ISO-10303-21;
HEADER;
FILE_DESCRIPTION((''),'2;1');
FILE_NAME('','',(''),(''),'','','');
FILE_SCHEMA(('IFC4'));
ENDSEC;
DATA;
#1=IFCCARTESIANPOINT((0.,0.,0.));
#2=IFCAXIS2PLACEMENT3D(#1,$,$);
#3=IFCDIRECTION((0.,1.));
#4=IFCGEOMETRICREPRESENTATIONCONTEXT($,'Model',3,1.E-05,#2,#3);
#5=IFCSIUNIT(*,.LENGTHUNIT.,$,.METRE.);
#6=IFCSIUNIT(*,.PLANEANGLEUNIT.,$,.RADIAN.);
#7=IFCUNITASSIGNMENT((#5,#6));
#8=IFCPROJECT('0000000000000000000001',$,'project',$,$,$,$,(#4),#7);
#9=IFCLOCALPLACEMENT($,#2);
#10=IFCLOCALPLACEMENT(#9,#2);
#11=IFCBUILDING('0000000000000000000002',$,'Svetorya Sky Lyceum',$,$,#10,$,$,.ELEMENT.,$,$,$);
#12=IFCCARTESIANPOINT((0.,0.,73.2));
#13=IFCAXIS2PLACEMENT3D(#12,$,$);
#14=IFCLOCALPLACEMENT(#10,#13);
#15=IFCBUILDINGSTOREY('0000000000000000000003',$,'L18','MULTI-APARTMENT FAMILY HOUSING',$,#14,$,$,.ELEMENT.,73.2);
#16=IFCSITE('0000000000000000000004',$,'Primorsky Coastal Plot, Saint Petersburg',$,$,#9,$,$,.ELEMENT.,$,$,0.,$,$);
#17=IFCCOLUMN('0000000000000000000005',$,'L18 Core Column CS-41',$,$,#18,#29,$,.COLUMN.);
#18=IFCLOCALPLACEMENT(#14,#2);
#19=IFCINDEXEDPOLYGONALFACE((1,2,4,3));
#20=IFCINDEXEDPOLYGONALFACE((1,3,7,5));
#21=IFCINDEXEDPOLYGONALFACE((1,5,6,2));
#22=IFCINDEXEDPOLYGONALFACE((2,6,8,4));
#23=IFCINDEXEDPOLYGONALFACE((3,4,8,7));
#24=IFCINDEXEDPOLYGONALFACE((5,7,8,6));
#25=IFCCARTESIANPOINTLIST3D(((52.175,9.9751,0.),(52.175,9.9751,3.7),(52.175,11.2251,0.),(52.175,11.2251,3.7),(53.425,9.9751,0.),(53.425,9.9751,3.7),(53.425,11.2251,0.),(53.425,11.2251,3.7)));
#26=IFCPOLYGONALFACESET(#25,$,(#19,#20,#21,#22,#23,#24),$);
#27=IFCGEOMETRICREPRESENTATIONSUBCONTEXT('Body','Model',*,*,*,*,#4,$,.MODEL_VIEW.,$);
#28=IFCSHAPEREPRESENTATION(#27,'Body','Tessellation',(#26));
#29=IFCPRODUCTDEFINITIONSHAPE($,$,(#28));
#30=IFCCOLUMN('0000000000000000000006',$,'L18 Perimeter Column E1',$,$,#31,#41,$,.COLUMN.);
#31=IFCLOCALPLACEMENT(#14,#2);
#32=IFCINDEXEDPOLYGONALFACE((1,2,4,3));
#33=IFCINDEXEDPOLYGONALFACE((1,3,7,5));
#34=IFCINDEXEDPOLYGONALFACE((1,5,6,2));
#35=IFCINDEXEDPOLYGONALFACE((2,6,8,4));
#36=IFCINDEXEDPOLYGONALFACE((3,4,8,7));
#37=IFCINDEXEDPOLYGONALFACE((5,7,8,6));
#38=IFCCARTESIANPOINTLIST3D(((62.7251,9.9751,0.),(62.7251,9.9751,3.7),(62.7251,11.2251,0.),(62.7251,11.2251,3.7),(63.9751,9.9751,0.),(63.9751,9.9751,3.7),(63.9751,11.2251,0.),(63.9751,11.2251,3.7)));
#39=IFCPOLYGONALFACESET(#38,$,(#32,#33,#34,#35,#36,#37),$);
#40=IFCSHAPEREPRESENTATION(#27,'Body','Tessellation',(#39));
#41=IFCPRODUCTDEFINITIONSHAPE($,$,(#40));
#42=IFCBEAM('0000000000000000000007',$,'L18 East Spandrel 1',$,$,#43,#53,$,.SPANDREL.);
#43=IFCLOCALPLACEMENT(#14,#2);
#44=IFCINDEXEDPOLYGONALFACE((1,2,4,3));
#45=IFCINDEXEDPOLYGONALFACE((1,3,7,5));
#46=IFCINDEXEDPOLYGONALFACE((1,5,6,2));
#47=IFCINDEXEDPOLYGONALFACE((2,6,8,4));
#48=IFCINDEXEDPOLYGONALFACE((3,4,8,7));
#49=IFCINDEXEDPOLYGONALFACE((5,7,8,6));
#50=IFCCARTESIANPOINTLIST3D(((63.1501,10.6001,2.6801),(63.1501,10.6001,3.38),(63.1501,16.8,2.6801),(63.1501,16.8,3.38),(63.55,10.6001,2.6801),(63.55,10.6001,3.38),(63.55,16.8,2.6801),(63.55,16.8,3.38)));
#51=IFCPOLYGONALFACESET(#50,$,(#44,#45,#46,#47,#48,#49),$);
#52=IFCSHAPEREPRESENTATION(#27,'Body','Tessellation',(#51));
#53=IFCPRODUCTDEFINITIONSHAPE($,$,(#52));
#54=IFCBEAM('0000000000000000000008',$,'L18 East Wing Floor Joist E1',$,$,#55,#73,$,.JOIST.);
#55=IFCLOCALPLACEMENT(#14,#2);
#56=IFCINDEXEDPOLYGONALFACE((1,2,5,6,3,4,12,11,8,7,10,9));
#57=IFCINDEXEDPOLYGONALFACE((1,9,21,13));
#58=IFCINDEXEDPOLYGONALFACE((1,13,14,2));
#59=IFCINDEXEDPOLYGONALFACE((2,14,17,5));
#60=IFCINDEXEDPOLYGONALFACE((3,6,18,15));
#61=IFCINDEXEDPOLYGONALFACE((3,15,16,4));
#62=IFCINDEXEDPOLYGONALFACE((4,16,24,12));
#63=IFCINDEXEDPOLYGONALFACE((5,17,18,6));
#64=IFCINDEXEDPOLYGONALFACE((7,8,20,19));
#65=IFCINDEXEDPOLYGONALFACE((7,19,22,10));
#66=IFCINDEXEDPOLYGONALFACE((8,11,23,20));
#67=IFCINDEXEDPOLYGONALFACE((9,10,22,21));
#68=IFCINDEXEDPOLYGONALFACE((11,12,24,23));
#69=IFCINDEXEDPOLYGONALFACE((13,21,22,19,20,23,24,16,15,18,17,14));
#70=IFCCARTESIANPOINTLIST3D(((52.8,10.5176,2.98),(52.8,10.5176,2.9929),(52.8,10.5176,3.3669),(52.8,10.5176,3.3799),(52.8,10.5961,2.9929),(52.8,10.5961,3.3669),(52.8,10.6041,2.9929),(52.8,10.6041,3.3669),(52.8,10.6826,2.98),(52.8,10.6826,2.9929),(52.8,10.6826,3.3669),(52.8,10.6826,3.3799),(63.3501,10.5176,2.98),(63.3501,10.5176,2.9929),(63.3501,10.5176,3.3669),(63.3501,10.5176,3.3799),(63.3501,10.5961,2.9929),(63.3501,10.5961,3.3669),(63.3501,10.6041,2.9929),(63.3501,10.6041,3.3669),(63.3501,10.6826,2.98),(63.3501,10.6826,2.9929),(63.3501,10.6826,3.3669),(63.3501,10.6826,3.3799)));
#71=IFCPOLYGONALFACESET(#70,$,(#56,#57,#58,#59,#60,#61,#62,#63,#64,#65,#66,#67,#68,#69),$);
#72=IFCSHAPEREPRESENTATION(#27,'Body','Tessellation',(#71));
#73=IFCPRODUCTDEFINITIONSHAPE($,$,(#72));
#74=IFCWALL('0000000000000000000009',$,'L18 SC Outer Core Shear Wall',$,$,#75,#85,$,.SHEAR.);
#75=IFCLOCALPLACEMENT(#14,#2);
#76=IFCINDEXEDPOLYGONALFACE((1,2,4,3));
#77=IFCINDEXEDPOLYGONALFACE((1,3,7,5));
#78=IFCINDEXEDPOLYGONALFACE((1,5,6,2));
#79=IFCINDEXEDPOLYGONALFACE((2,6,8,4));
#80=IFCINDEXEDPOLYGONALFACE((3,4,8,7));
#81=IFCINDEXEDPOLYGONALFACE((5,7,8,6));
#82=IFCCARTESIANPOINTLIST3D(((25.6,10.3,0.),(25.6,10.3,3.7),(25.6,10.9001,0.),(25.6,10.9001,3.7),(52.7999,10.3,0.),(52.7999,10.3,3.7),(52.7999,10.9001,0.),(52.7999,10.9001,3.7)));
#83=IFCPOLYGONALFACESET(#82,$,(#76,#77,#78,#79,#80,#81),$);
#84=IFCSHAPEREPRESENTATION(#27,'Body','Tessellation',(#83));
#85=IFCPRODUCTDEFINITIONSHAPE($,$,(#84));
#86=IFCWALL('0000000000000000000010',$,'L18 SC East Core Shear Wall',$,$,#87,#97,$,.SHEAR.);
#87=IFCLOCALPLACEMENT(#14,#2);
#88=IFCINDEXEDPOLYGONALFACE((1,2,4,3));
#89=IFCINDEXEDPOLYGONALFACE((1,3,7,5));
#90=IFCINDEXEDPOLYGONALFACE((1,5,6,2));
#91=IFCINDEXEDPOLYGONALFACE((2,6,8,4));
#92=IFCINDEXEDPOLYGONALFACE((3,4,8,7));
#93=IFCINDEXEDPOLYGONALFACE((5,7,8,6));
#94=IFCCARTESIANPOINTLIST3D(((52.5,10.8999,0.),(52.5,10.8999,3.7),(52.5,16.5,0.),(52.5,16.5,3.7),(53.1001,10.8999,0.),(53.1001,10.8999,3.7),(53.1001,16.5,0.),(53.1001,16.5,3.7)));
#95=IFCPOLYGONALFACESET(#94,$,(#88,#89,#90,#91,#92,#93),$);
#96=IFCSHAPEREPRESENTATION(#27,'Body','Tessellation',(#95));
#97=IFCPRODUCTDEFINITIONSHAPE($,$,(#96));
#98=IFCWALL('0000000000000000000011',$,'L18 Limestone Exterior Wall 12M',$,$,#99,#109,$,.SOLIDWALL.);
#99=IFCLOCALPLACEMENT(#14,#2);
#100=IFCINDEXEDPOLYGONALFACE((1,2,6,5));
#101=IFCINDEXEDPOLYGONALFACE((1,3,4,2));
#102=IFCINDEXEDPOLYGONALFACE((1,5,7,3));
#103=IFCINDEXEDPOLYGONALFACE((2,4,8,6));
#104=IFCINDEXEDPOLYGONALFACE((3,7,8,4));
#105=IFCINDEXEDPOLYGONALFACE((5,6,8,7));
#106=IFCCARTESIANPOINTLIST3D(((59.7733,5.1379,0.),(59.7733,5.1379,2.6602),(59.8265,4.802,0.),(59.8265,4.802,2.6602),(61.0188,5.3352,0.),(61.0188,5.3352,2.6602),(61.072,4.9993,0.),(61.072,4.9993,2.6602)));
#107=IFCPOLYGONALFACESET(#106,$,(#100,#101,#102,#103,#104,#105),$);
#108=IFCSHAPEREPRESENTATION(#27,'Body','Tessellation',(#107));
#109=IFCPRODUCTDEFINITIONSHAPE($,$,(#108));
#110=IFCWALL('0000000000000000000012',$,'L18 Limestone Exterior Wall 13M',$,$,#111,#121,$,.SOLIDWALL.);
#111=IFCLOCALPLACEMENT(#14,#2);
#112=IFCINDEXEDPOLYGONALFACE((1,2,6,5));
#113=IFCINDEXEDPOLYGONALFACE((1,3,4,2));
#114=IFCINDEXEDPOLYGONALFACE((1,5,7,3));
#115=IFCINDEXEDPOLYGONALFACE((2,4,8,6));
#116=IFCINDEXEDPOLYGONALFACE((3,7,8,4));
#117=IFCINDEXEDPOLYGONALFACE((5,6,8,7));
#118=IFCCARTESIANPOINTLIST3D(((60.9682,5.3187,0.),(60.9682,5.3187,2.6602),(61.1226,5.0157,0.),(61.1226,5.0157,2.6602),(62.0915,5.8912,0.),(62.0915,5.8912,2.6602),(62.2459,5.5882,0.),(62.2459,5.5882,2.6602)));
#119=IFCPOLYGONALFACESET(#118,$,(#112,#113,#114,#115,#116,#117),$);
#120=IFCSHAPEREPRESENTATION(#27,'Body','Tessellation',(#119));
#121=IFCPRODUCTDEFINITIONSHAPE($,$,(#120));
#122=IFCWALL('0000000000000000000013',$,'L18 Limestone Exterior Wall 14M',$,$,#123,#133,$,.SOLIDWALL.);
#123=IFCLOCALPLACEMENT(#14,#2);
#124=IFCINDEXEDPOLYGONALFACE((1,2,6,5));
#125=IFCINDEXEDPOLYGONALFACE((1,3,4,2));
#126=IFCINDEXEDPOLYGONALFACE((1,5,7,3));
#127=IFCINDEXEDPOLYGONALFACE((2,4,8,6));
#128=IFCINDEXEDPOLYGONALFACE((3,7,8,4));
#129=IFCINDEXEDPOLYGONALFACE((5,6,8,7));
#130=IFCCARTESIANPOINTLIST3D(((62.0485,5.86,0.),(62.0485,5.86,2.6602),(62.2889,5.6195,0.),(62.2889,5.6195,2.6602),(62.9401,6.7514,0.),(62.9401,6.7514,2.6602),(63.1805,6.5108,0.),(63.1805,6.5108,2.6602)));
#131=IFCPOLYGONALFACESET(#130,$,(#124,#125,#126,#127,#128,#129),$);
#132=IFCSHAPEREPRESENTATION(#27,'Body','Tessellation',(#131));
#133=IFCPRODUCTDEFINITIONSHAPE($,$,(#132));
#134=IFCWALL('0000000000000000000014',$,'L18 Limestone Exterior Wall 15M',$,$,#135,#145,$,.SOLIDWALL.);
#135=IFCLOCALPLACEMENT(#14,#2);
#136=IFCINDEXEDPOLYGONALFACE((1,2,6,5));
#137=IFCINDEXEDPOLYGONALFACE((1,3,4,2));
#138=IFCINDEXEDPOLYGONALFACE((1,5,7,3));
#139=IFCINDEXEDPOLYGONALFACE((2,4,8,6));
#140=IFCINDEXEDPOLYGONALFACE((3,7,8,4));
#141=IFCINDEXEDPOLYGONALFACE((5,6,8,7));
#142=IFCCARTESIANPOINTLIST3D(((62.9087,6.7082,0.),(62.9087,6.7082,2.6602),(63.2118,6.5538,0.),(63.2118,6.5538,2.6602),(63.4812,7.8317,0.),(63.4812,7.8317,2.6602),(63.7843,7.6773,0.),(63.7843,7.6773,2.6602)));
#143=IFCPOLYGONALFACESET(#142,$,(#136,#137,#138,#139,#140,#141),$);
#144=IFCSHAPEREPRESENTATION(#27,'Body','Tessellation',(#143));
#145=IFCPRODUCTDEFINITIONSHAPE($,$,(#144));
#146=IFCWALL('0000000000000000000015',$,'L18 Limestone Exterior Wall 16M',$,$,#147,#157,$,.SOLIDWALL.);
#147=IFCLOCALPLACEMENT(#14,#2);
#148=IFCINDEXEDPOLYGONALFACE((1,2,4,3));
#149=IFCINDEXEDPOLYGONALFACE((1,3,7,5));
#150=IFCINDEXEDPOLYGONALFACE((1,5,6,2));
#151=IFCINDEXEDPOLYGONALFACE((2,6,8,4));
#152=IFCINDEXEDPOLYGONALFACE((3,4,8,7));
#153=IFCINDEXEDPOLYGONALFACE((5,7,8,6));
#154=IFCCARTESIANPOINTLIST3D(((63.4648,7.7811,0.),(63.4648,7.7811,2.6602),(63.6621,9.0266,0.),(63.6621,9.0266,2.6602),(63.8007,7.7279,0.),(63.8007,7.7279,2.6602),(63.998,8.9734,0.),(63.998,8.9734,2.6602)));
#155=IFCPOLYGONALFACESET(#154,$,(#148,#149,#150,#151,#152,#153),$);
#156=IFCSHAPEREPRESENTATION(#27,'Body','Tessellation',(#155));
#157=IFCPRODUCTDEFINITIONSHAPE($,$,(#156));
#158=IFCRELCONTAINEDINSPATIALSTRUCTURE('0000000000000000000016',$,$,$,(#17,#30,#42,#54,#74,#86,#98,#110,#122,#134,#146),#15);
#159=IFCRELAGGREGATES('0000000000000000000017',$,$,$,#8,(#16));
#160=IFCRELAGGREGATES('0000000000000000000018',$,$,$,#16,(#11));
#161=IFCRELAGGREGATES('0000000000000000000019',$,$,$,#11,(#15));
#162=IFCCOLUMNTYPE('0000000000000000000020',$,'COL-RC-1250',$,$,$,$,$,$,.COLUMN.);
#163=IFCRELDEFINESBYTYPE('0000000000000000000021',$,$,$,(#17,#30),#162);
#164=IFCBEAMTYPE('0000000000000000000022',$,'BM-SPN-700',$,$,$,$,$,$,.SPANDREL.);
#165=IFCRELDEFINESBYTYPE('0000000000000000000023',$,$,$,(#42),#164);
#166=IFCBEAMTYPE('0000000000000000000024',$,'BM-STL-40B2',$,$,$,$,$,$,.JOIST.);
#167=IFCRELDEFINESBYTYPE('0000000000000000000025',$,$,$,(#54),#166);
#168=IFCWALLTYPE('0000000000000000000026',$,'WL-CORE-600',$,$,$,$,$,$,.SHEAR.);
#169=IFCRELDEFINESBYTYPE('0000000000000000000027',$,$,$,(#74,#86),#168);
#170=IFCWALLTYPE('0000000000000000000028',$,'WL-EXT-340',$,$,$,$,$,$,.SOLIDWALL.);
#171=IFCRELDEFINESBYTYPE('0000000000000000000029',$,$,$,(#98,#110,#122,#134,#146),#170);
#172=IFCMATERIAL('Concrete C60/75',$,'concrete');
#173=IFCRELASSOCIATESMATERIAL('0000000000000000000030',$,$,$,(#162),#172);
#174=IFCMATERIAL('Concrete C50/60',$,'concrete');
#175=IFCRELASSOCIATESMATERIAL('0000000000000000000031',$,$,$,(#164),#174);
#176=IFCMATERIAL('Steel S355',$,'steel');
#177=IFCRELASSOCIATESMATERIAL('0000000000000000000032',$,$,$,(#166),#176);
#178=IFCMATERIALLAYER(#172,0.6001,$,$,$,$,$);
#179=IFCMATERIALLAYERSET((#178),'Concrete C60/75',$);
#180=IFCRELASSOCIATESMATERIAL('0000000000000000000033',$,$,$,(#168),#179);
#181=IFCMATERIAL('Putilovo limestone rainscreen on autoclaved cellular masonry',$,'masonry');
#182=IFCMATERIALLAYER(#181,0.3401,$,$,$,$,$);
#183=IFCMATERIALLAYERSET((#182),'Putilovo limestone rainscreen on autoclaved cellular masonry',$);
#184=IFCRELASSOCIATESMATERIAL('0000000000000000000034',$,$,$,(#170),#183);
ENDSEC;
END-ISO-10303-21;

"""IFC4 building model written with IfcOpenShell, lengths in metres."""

from ifc_helpers import new_model, si_unit, direction, frame, frame_2d, origin, origin_2d, place, context, subcontext, project, spatial, rectangle, i_section, extrude, material, layer, layer_set, material_profile, profile_set, type_object, element, save


model = new_model("IFC4")

# Units and contexts
model_context = context("Model", 3, precision=1e-05, world=origin(), true_north=direction((0.0, 1.0)))
body_context = subcontext(model_context, "Body", "Model", "MODEL_VIEW")
ifc_project = project(units=[si_unit("LENGTHUNIT", "METRE"), si_unit("PLANEANGLEUNIT", "RADIAN")], contexts=[model_context])

# Site, building, storey
site_placement = place(None, origin())
site = spatial("IfcSite", under=ifc_project, at=site_placement, Name="Primorsky Coastal Plot, Saint Petersburg", CompositionType="ELEMENT", RefElevation=0.0)
building_placement = place(site_placement, origin())
building = spatial("IfcBuilding", under=site, at=building_placement, Name="Svetorya Sky Lyceum", CompositionType="ELEMENT")
storey_placement = place(building_placement, frame((0.0, 0.0, 73.2)))
storey = spatial("IfcBuildingStorey", under=building, at=storey_placement, Name="L18", Description="MULTI-APARTMENT FAMILY HOUSING", CompositionType="ELEMENT", Elevation=73.2)

# Columns
ifc_material_1 = material(Name="Concrete C60/75", Category="concrete")
ifc_material_profile_1 = material_profile(ifc_material_1, rectangle(XDim=1.25, YDim=1.25, at=origin_2d()), Name="RC COL 1250x1250")
ifc_profile_set_1 = profile_set([ifc_material_profile_1], Name="Concrete C60/75")
column_type = type_object("IfcColumnType", Name="COL-RC-1250", PredefinedType="COLUMN", material=ifc_profile_set_1)
for number, where, z_axis, x_axis, name in (
    (1, (52.8, 10.6001, 0.0), (0.0, 0.0, 1.0), (1.0, 0.0, 0.0), "L18 Core Column CS-41"),
    (2, (63.3501, 10.6001, 0.0), (0.0, 0.0, 1.0), (1.0, 0.0, 0.0), "L18 Perimeter Column E1"),
):
    element("IfcColumn", number, at=place(storey_placement, frame(where, z_axis=z_axis, x_axis=x_axis)), inside=storey, type_object=column_type, Name=name, PredefinedType="COLUMN", context=body_context, shape_type="SweptSolid", body=[
        extrude(rectangle(XDim=1.25, YDim=1.25, at=origin_2d()), origin(), (0.0, 0.0, 1.0), 3.7),
    ])

# Beams
ifc_material_2 = material(Name="Concrete C50/60", Category="concrete")
ifc_material_profile_2 = material_profile(ifc_material_2, rectangle(XDim=0.3999, YDim=0.7, at=origin_2d()), Name="RC SPANDREL 400x700")
ifc_profile_set_2 = profile_set([ifc_material_profile_2], Name="Concrete C50/60")
beam_type_1 = type_object("IfcBeamType", Name="BM-SPN-700", PredefinedType="SPANDREL", material=ifc_profile_set_2)
beam_1_placement = place(storey_placement, frame((63.3501, 10.6001, 3.03), z_axis=(0.0, 1.0, 0.0), x_axis=(-1.0, 0.0, 0.0)))
element("IfcBeam", 3, at=beam_1_placement, inside=storey, type_object=beam_type_1, Name="L18 East Spandrel 1", PredefinedType="SPANDREL", context=body_context, shape_type="SweptSolid", body=[
    extrude(rectangle(XDim=0.3999, YDim=0.7, at=origin_2d()), origin(), (0.0, 0.0, 1.0), 6.2),
])
ifc_material_3 = material(Name="Steel S355", Category="steel")
ifc_material_profile_3 = material_profile(ifc_material_3, i_section(OverallWidth=0.165, OverallDepth=0.3999, WebThickness=0.0081, FlangeThickness=0.0129, at=origin_2d()), Name="GOST 40B2")
ifc_profile_set_3 = profile_set([ifc_material_profile_3], Name="Steel S355")
beam_type_2 = type_object("IfcBeamType", Name="BM-STL-40B2", PredefinedType="JOIST", material=ifc_profile_set_3)
beam_2_placement = place(storey_placement, frame((52.8, 10.6001, 3.1799), z_axis=(1.0, 0.0, 0.0), x_axis=(0.0, 1.0, 0.0)))
element("IfcBeam", 4, at=beam_2_placement, inside=storey, type_object=beam_type_2, Name="L18 East Wing Floor Joist E1", PredefinedType="JOIST", context=body_context, shape_type="SweptSolid", body=[
    extrude(i_section(OverallWidth=0.165, OverallDepth=0.3999, WebThickness=0.0081, FlangeThickness=0.0129, at=origin_2d()), origin(), (0.0, 0.0, 1.0), 10.55),
])

# Walls
ifc_layer_1 = layer(ifc_material_1, 0.6001)
ifc_layer_set_1 = layer_set([ifc_layer_1], Name="Concrete C60/75")
wall_type_1 = type_object("IfcWallType", Name="WL-CORE-600", PredefinedType="SHEAR", material=ifc_layer_set_1)
wall_1_placement = place(storey_placement, frame((52.8, 10.6001, 0.0), z_axis=(0.0, 0.0, 1.0), x_axis=(-1.0, 0.0, 0.0)))
element("IfcWall", 5, at=wall_1_placement, inside=storey, type_object=wall_type_1, Name="L18 SC Outer Core Shear Wall", PredefinedType="SHEAR", context=body_context, shape_type="SweptSolid", body=[
    extrude(rectangle(XDim=27.2, YDim=0.6001, at=frame_2d((13.6001, 0.0))), origin(), (0.0, 0.0, 1.0), 3.7),
])
wall_2_placement = place(storey_placement, frame((52.8, 10.8999, 0.0), z_axis=(0.0, 0.0, 1.0), x_axis=(0.0, 1.0, 0.0)))
element("IfcWall", 6, at=wall_2_placement, inside=storey, type_object=wall_type_1, Name="L18 SC East Core Shear Wall", PredefinedType="SHEAR", context=body_context, shape_type="SweptSolid", body=[
    extrude(rectangle(XDim=5.6001, YDim=0.6001, at=frame_2d((2.8, 0.0))), origin(), (0.0, 0.0, 1.0), 3.7),
])
ifc_material_4 = material(Name="Putilovo limestone rainscreen on autoclaved cellular masonry", Category="masonry")
ifc_layer_2 = layer(ifc_material_4, 0.3401)
ifc_layer_set_2 = layer_set([ifc_layer_2], Name="Putilovo limestone rainscreen on autoclaved cellular masonry")
wall_type_2 = type_object("IfcWallType", Name="WL-EXT-340", PredefinedType="SOLIDWALL", material=ifc_layer_set_2)
wall_3_placement = place(storey_placement, frame((59.8, 4.97, 0.0), z_axis=(0.0, 0.0, 1.0), x_axis=(0.987686, 0.15645, 0.0)))
element("IfcWall", 7, at=wall_3_placement, inside=storey, type_object=wall_type_2, Name="L18 Limestone Exterior Wall 12M", PredefinedType="SOLIDWALL", context=body_context, shape_type="SweptSolid", body=[
    extrude(rectangle(XDim=1.261, YDim=0.3401, at=frame_2d((0.6304, 0.0))), origin(), (0.0, 0.0, 1.0), 2.6602),
])
for number, where, z_axis, x_axis, name in (
    (8, (61.0454, 5.1672, 0.0), (0.0, 0.0, 1.0), (0.890954, 0.454094, 0.0), "L18 Limestone Exterior Wall 13M"),
    (9, (62.1687, 5.7397, 0.0), (0.0, 0.0, 1.0), (0.707204, 0.70701, 0.0), "L18 Limestone Exterior Wall 14M"),
):
    element("IfcWall", number, at=place(storey_placement, frame(where, z_axis=z_axis, x_axis=x_axis)), inside=storey, type_object=wall_type_2, Name=name, PredefinedType="SOLIDWALL", context=body_context, shape_type="SweptSolid", body=[
        extrude(rectangle(XDim=1.2607, YDim=0.3401, at=frame_2d((0.6304, 0.0))), origin(), (0.0, 0.0, 1.0), 2.6602),
    ])
for number, where, z_axis, x_axis, name in (
    (10, (63.0603, 6.6311, 0.0), (0.0, 0.0, 1.0), (0.454016, 0.890994, 0.0), "L18 Limestone Exterior Wall 15M"),
    (11, (63.6328, 7.7546, 0.0), (0.0, 0.0, 1.0), (0.15645, 0.987686, 0.0), "L18 Limestone Exterior Wall 16M"),
):
    element("IfcWall", number, at=place(storey_placement, frame(where, z_axis=z_axis, x_axis=x_axis)), inside=storey, type_object=wall_type_2, Name=name, PredefinedType="SOLIDWALL", context=body_context, shape_type="SweptSolid", body=[
        extrude(rectangle(XDim=1.261, YDim=0.3401, at=frame_2d((0.6304, 0.0))), origin(), (0.0, 0.0, 1.0), 2.6602),
    ])

save(model, "model.ifc")
